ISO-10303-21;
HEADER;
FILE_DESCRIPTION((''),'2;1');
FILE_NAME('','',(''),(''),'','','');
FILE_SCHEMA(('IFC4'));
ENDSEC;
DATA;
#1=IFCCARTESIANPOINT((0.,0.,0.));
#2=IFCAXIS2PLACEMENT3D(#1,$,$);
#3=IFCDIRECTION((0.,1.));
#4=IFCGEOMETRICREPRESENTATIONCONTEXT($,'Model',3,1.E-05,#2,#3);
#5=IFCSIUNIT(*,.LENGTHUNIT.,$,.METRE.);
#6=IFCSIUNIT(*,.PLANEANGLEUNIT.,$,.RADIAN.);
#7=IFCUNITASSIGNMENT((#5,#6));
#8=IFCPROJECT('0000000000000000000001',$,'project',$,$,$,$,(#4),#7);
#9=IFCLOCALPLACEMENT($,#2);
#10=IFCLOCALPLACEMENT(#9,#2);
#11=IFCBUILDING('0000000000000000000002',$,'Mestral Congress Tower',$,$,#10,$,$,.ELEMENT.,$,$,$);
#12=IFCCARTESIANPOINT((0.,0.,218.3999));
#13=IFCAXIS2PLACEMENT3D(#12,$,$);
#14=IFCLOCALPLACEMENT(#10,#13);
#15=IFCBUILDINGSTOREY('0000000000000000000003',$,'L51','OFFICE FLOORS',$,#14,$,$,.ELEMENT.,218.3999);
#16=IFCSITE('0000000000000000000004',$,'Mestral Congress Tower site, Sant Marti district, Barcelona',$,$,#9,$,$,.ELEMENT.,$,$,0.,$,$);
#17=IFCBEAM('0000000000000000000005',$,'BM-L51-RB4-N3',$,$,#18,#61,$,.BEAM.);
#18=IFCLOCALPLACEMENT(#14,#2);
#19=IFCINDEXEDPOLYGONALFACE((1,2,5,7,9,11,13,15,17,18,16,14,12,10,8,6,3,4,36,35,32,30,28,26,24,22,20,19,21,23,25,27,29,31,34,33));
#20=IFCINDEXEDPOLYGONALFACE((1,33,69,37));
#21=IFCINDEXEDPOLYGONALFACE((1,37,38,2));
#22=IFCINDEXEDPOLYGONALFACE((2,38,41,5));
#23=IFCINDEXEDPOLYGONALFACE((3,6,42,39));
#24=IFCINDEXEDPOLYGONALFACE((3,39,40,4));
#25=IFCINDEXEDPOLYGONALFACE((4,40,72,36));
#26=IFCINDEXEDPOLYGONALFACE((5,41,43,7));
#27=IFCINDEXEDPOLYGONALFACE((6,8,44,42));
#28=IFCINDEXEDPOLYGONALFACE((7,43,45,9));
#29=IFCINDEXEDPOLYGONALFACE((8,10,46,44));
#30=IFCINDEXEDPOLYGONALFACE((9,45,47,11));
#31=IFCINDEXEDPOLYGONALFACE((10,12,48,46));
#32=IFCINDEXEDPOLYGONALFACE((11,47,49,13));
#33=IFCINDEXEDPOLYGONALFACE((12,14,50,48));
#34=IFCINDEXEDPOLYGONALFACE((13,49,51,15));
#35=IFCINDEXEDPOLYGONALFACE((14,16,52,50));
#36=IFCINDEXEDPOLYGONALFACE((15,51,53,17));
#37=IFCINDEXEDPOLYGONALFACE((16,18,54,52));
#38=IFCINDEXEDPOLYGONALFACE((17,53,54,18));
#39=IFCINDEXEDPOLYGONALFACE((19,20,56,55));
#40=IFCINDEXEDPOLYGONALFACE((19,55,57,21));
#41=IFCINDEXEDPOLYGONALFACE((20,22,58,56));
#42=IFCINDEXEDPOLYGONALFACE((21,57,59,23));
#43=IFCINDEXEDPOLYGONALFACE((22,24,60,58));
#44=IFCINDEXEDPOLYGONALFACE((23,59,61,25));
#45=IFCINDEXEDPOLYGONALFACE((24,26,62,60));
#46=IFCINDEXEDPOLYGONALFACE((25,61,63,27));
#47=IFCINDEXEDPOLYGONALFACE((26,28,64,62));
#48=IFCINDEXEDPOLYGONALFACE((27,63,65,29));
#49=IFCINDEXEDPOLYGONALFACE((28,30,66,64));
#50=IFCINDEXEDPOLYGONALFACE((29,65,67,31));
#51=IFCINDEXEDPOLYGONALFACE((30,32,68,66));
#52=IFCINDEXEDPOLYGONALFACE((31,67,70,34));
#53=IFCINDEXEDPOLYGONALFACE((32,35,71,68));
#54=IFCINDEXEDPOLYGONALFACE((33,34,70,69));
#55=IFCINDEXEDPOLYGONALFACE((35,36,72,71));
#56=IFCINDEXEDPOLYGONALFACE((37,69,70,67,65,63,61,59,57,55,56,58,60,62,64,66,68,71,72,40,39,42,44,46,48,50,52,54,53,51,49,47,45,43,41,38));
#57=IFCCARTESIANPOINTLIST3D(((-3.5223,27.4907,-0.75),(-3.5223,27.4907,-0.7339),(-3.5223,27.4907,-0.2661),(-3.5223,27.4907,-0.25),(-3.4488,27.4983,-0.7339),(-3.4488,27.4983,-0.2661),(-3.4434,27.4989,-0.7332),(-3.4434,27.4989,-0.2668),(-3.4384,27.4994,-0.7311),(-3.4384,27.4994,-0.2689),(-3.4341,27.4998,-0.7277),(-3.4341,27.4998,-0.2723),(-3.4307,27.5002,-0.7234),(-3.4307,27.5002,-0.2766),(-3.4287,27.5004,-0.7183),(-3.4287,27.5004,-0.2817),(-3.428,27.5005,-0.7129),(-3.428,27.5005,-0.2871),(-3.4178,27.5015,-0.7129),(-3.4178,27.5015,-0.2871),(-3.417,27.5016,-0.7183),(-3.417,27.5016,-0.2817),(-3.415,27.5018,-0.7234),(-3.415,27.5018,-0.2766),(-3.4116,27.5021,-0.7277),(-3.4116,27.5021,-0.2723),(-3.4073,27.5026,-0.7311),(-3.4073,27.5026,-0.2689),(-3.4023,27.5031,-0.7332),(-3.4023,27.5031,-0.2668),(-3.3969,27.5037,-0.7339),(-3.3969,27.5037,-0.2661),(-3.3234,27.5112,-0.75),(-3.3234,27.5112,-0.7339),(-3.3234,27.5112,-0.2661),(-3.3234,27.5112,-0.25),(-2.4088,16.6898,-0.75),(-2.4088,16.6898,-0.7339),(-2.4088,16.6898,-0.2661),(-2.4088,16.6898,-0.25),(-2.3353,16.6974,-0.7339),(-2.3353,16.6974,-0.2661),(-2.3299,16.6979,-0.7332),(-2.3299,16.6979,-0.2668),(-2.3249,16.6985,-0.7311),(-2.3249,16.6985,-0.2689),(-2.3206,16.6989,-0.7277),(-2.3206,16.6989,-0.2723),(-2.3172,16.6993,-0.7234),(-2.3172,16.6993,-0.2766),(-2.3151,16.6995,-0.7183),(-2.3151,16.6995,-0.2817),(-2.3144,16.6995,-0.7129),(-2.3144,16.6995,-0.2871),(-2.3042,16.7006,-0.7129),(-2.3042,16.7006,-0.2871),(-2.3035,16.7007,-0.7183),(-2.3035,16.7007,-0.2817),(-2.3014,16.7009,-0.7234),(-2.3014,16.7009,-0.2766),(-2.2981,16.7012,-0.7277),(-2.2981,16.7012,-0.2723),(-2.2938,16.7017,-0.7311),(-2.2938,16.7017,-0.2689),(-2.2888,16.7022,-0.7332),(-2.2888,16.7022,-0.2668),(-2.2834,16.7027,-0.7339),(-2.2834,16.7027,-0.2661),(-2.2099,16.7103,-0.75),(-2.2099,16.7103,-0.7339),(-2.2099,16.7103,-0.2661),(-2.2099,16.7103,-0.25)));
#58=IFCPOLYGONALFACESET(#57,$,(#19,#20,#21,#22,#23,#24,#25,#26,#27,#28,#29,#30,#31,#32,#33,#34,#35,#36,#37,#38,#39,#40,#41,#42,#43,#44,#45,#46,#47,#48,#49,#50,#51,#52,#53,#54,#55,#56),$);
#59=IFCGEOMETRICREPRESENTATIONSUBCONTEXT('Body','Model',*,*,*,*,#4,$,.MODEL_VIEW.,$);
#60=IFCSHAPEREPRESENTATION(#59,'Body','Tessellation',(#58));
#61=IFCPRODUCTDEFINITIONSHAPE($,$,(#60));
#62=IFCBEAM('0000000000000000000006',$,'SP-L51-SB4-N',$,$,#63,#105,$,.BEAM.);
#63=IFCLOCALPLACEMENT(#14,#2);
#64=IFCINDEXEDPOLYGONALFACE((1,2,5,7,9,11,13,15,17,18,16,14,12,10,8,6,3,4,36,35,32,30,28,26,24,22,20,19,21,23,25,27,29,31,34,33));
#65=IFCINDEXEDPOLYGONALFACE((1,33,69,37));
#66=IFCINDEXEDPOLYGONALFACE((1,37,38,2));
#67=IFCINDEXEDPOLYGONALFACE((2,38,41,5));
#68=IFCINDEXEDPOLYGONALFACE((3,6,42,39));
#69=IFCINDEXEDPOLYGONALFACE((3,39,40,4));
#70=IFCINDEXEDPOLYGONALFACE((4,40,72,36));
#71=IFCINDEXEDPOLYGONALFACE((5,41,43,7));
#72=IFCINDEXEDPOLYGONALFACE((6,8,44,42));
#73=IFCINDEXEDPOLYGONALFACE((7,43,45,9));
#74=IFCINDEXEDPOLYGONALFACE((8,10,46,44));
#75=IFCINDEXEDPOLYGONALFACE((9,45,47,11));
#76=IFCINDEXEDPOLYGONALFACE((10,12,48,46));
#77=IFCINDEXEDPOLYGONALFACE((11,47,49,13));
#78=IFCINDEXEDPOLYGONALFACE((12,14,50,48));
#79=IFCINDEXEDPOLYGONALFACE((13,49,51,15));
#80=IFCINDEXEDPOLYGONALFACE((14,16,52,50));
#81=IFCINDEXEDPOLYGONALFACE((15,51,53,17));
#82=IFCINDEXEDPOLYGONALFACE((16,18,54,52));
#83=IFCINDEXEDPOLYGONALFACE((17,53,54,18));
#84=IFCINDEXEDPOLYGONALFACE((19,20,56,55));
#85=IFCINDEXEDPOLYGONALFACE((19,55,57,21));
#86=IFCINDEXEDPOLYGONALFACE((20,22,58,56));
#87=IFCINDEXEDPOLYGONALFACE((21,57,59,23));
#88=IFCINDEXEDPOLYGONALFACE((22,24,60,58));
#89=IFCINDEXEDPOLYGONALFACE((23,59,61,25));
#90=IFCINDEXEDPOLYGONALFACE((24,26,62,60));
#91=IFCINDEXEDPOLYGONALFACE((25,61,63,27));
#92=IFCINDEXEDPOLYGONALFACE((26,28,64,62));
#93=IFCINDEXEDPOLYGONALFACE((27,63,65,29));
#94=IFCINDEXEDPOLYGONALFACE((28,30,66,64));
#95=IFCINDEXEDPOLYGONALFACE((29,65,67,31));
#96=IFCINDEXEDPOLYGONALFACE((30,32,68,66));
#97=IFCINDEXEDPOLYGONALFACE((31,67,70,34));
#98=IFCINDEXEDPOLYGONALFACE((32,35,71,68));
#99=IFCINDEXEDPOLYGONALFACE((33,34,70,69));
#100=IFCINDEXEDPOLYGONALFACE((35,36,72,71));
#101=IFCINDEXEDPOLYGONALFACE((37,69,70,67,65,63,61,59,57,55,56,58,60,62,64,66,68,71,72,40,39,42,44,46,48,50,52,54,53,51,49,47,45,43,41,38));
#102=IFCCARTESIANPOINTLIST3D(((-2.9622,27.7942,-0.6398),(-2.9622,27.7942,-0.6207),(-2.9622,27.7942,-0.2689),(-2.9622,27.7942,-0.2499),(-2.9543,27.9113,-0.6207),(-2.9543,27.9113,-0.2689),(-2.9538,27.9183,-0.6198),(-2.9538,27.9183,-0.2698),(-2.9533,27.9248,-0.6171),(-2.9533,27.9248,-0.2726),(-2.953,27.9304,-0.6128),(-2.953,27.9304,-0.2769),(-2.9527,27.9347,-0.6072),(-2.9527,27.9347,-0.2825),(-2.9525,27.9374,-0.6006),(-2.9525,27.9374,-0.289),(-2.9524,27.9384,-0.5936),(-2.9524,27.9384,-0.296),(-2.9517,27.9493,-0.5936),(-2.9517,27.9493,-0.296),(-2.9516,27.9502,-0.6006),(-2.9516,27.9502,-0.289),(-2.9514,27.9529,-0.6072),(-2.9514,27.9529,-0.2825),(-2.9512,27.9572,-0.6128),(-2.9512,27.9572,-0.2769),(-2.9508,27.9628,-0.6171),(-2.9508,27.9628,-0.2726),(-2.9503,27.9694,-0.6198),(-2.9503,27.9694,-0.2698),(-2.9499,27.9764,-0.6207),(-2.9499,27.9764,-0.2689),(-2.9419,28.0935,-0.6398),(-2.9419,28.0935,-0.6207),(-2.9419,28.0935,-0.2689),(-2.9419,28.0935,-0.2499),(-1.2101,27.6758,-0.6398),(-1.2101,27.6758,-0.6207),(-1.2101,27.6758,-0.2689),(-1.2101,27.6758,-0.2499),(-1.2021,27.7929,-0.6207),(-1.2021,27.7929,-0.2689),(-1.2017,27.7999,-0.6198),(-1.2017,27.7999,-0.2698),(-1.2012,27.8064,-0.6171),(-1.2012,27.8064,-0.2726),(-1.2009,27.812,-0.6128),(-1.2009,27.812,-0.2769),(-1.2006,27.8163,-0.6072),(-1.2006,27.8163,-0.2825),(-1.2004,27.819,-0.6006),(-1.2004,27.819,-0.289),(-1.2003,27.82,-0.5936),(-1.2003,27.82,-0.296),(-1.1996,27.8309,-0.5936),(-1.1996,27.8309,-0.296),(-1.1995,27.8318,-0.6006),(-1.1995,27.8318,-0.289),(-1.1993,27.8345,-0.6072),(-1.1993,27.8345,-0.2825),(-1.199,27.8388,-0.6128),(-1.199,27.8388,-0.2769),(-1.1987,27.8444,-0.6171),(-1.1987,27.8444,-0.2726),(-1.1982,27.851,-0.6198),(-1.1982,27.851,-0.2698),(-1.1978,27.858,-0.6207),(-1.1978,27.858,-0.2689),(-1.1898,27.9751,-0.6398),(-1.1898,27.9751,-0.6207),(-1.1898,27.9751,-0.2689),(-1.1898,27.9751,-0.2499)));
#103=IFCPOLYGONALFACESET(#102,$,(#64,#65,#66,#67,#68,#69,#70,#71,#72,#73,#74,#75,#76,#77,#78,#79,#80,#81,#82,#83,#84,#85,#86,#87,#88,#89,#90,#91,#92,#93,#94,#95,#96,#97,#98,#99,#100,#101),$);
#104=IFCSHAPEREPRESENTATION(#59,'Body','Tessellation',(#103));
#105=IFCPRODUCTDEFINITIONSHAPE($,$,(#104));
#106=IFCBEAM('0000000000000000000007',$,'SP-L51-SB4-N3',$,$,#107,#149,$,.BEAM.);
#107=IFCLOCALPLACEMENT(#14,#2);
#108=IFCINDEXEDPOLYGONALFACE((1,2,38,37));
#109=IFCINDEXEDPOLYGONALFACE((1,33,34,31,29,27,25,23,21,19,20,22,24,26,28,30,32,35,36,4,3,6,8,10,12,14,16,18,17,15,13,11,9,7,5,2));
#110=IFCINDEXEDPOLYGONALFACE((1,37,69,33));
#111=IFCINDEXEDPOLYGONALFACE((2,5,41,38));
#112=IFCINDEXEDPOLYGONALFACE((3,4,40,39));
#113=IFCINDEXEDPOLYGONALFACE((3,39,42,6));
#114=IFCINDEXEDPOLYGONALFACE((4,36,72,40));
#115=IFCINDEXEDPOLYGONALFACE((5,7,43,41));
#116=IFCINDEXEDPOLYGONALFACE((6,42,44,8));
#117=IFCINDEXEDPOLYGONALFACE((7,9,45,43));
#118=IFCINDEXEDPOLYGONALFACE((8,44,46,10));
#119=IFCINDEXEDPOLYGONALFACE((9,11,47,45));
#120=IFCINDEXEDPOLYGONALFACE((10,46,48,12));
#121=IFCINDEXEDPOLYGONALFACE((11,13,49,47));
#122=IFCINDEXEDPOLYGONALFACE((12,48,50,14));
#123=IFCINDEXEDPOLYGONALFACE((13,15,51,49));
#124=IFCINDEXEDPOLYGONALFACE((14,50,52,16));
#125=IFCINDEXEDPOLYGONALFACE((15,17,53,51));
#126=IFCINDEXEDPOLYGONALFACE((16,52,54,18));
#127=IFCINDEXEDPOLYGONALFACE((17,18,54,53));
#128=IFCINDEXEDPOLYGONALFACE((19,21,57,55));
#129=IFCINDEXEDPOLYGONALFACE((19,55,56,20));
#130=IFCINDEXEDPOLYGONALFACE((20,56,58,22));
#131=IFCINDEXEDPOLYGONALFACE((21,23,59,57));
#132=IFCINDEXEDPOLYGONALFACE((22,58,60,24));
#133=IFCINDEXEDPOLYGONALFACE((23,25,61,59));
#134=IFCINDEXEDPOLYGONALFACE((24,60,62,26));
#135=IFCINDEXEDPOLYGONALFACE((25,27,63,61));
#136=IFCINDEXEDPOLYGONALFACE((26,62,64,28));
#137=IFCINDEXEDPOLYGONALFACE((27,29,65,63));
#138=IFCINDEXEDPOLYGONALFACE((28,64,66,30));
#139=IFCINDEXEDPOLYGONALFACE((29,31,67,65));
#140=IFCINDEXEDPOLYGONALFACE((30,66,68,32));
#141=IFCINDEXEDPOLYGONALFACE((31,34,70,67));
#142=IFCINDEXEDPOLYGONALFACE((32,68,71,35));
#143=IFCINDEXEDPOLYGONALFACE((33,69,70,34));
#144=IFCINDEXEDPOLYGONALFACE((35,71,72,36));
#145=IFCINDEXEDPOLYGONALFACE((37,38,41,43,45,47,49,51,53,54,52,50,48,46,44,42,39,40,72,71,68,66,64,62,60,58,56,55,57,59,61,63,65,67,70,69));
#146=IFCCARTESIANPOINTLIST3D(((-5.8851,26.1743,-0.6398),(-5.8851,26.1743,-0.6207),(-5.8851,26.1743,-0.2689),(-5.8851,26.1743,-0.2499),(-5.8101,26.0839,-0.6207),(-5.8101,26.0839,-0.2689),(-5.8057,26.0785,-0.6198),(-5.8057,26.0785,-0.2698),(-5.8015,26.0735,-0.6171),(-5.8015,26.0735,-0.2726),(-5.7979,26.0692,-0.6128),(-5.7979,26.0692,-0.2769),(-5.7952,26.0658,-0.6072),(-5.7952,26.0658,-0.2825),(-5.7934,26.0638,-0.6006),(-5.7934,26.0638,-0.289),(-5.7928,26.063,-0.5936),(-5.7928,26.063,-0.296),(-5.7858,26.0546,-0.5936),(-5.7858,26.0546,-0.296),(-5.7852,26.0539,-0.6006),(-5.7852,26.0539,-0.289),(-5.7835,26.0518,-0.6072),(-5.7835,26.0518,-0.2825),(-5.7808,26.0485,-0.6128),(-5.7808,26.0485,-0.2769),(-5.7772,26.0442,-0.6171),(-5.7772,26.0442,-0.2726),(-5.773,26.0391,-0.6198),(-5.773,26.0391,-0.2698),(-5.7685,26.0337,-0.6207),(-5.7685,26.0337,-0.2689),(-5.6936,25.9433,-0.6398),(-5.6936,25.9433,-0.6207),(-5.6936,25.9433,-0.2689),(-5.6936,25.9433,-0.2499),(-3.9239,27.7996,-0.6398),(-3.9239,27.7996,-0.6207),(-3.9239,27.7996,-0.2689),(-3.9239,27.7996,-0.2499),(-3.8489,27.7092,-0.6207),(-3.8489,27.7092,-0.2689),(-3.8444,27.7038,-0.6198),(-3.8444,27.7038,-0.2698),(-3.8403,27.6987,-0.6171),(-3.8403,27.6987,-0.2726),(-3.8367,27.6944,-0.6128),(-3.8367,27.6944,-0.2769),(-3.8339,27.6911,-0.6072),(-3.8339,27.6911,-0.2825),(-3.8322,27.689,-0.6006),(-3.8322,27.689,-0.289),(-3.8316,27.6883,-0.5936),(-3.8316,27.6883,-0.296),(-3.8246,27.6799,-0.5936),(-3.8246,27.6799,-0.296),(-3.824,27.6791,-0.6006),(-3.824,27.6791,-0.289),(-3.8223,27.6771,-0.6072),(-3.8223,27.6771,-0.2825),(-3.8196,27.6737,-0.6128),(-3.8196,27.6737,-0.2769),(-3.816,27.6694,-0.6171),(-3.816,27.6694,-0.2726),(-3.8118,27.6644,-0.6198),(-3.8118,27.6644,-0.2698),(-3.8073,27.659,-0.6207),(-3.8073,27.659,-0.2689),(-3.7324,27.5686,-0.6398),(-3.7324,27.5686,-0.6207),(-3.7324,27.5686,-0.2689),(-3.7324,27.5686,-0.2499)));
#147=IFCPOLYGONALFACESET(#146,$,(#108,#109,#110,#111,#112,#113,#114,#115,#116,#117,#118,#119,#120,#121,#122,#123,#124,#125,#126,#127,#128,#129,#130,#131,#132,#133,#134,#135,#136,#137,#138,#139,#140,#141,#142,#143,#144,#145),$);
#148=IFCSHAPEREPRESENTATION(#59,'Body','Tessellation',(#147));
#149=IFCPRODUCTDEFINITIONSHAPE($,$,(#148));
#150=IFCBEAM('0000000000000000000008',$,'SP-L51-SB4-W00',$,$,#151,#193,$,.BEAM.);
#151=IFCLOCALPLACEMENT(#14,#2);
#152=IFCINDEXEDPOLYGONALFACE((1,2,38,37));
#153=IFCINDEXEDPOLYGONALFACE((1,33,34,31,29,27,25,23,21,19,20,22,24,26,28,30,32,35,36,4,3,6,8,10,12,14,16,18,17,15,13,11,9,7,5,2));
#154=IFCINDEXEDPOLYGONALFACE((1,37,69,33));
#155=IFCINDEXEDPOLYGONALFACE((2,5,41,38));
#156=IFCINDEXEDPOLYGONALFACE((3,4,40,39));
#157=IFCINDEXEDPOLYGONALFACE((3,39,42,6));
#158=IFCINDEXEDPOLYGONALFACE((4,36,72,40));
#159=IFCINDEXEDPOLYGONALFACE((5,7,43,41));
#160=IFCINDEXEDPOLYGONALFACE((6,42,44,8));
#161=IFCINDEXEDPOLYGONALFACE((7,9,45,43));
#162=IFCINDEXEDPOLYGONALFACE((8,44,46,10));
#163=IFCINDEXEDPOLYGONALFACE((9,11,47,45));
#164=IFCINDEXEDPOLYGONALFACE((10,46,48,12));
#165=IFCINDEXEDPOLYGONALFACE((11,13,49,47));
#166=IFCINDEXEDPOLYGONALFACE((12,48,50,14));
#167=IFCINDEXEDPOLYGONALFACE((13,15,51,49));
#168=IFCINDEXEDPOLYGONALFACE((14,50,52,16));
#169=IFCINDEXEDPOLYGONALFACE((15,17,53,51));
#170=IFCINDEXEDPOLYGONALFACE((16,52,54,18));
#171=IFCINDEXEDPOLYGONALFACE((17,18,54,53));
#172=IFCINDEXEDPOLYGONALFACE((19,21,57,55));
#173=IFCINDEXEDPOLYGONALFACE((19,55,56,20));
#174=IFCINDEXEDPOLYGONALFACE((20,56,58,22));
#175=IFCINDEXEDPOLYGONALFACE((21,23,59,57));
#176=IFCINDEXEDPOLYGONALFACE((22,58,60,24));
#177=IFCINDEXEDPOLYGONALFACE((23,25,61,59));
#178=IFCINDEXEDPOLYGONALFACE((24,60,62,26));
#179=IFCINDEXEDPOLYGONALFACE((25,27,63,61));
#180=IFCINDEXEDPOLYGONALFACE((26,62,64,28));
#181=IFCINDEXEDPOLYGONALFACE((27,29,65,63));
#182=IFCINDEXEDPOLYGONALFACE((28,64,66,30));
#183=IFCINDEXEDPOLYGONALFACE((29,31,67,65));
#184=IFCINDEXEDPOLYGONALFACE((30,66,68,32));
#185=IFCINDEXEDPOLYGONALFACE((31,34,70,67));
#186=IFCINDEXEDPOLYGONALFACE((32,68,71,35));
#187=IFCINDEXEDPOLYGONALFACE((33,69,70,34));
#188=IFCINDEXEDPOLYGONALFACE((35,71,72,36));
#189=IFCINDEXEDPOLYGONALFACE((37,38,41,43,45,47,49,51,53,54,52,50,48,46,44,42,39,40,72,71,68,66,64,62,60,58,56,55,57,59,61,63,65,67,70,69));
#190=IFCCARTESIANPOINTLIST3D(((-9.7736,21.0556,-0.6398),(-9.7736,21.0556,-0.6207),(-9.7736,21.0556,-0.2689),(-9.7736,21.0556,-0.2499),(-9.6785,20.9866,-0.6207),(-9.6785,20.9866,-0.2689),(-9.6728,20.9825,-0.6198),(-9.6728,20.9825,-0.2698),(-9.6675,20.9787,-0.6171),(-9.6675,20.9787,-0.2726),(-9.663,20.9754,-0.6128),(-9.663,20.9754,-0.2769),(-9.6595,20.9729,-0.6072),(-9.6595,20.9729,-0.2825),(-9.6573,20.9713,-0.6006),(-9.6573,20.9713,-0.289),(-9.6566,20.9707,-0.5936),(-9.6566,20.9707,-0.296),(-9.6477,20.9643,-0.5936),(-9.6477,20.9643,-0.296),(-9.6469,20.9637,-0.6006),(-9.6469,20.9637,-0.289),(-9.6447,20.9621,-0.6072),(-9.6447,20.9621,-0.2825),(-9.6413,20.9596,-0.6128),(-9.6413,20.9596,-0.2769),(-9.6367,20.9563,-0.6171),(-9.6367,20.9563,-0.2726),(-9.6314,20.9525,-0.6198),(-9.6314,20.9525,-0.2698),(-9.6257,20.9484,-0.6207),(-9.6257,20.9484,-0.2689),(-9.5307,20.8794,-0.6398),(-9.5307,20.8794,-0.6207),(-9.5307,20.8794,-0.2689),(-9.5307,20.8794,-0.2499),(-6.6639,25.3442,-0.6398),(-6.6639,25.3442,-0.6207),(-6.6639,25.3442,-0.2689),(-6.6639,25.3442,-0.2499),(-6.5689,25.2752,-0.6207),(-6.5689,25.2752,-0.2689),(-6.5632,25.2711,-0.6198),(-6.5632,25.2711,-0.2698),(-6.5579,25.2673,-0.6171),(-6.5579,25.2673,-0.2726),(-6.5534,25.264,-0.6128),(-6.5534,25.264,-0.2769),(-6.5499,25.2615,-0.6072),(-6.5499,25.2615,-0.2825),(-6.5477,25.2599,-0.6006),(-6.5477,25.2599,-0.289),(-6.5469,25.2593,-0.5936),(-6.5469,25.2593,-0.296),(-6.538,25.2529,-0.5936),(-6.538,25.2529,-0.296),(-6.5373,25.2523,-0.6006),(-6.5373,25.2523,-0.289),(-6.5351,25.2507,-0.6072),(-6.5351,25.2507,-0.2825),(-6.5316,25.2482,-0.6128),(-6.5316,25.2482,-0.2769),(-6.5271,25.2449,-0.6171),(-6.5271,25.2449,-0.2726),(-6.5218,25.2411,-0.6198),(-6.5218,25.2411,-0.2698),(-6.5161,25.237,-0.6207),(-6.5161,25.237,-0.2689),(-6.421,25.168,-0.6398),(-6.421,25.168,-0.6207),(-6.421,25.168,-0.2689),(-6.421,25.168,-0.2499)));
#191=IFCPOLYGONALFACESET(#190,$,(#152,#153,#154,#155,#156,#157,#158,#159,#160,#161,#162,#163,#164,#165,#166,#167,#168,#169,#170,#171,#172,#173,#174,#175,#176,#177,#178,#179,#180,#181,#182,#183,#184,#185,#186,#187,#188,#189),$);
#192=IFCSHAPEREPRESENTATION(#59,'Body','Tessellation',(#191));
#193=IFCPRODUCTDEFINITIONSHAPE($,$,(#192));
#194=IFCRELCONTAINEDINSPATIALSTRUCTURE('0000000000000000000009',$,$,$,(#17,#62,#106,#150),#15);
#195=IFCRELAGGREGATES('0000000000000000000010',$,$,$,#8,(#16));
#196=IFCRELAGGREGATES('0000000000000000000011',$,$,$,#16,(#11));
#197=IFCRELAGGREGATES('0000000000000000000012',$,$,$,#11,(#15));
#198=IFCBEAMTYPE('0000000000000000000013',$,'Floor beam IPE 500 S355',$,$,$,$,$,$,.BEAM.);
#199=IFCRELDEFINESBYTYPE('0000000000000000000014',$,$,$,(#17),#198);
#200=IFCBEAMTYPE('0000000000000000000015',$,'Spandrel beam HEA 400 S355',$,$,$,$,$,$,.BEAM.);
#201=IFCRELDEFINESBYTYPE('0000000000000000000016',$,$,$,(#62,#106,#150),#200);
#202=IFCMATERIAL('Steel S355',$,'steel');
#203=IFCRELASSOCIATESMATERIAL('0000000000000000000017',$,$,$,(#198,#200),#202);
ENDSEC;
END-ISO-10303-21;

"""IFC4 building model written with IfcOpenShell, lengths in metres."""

from ifc_helpers import new_model, si_unit, direction, frame, origin, origin_2d, place, context, subcontext, project, spatial, i_section, extrude, material, material_profile, profile_set, type_object, element, save


model = new_model("IFC4")

# Units and contexts
model_context = context("Model", 3, precision=1e-05, world=origin(), true_north=direction((0.0, 1.0)))
body_context = subcontext(model_context, "Body", "Model", "MODEL_VIEW")
ifc_project = project(units=[si_unit("LENGTHUNIT", "METRE"), si_unit("PLANEANGLEUNIT", "RADIAN")], contexts=[model_context])

# Site, building, storey
site_placement = place(None, origin())
site = spatial("IfcSite", under=ifc_project, at=site_placement, Name="Mestral Congress Tower site, Sant Marti district, Barcelona", CompositionType="ELEMENT", RefElevation=0.0)
building_placement = place(site_placement, origin())
building = spatial("IfcBuilding", under=site, at=building_placement, Name="Mestral Congress Tower", CompositionType="ELEMENT")
storey_placement = place(building_placement, frame((0.0, 0.0, 218.3999)))
storey = spatial("IfcBuildingStorey", under=building, at=storey_placement, Name="L51", Description="OFFICE FLOORS", CompositionType="ELEMENT", Elevation=218.3999)

# Beams
ifc_material_1 = material(Name="Steel S355", Category="steel")
ifc_material_profile_1 = material_profile(ifc_material_1, i_section(OverallWidth=0.2, OverallDepth=0.5, WebThickness=0.0103, FlangeThickness=0.0161, FilletRadius=0.021, at=origin_2d()), Name="IPE 500")
ifc_profile_set_1 = profile_set([ifc_material_profile_1], Name="Steel S355")
beam_type_1 = type_object("IfcBeamType", Name="Floor beam IPE 500 S355", PredefinedType="BEAM", material=ifc_profile_set_1)
beam_1_placement = place(storey_placement, frame((-3.4229, 27.501, -0.5), z_axis=(0.102551, -0.994728, 0.0), x_axis=(0.994728, 0.102551, 0.0)))
element("IfcBeam", 1, at=beam_1_placement, inside=storey, type_object=beam_type_1, Name="BM-L51-RB4-N3", PredefinedType="BEAM", context=body_context, shape_type="SweptSolid", body=[
    extrude(i_section(OverallWidth=0.2, OverallDepth=0.5, WebThickness=0.0103, FlangeThickness=0.0161, FilletRadius=0.021, at=origin_2d()), origin(), (0.0, 0.0, 1.0), 10.8582),
])
ifc_material_profile_2 = material_profile(ifc_material_1, i_section(OverallWidth=0.3, OverallDepth=0.3899, WebThickness=0.011, FlangeThickness=0.019, FilletRadius=0.0271, at=origin_2d()), Name="HEA 400")
ifc_profile_set_2 = profile_set([ifc_material_profile_2], Name="Steel S355")
beam_type_2 = type_object("IfcBeamType", Name="Spandrel beam HEA 400 S355", PredefinedType="BEAM", material=ifc_profile_set_2)
beam_2_placement = place(storey_placement, frame((-1.2, 27.8254, -0.4448), z_axis=(-0.997724, 0.067423, 0.0), x_axis=(-0.067423, -0.997724, 0.0)))
element("IfcBeam", 2, at=beam_2_placement, inside=storey, type_object=beam_type_2, Name="SP-L51-SB4-N", PredefinedType="BEAM", context=body_context, shape_type="SweptSolid", body=[
    extrude(i_section(OverallWidth=0.3, OverallDepth=0.3899, WebThickness=0.011, FlangeThickness=0.019, FilletRadius=0.0271, at=origin_2d()), origin(), (0.0, 0.0, 1.0), 1.7561),
])
beam_3_placement = place(storey_placement, frame((-3.8281, 27.6841, -0.4448), z_axis=(-0.76997, -0.63808, 0.0), x_axis=(0.63808, -0.76997, 0.0)))
element("IfcBeam", 3, at=beam_3_placement, inside=storey, type_object=beam_type_2, Name="SP-L51-SB4-N3", PredefinedType="BEAM", context=body_context, shape_type="SweptSolid", body=[
    extrude(i_section(OverallWidth=0.3, OverallDepth=0.3899, WebThickness=0.011, FlangeThickness=0.019, FilletRadius=0.0271, at=origin_2d()), origin(), (0.0, 0.0, 1.0), 2.5471),
])
beam_4_placement = place(storey_placement, frame((-6.5425, 25.2561, -0.4448), z_axis=(-0.587017, -0.809574, 0.0), x_axis=(0.809574, -0.587017, 0.0)))
element("IfcBeam", 4, at=beam_4_placement, inside=storey, type_object=beam_type_2, Name="SP-L51-SB4-W00", PredefinedType="BEAM", context=body_context, shape_type="SweptSolid", body=[
    extrude(i_section(OverallWidth=0.3, OverallDepth=0.3899, WebThickness=0.011, FlangeThickness=0.019, FilletRadius=0.0271, at=origin_2d()), origin(), (0.0, 0.0, 1.0), 5.2974),
])

save(model, "model.ifc")
